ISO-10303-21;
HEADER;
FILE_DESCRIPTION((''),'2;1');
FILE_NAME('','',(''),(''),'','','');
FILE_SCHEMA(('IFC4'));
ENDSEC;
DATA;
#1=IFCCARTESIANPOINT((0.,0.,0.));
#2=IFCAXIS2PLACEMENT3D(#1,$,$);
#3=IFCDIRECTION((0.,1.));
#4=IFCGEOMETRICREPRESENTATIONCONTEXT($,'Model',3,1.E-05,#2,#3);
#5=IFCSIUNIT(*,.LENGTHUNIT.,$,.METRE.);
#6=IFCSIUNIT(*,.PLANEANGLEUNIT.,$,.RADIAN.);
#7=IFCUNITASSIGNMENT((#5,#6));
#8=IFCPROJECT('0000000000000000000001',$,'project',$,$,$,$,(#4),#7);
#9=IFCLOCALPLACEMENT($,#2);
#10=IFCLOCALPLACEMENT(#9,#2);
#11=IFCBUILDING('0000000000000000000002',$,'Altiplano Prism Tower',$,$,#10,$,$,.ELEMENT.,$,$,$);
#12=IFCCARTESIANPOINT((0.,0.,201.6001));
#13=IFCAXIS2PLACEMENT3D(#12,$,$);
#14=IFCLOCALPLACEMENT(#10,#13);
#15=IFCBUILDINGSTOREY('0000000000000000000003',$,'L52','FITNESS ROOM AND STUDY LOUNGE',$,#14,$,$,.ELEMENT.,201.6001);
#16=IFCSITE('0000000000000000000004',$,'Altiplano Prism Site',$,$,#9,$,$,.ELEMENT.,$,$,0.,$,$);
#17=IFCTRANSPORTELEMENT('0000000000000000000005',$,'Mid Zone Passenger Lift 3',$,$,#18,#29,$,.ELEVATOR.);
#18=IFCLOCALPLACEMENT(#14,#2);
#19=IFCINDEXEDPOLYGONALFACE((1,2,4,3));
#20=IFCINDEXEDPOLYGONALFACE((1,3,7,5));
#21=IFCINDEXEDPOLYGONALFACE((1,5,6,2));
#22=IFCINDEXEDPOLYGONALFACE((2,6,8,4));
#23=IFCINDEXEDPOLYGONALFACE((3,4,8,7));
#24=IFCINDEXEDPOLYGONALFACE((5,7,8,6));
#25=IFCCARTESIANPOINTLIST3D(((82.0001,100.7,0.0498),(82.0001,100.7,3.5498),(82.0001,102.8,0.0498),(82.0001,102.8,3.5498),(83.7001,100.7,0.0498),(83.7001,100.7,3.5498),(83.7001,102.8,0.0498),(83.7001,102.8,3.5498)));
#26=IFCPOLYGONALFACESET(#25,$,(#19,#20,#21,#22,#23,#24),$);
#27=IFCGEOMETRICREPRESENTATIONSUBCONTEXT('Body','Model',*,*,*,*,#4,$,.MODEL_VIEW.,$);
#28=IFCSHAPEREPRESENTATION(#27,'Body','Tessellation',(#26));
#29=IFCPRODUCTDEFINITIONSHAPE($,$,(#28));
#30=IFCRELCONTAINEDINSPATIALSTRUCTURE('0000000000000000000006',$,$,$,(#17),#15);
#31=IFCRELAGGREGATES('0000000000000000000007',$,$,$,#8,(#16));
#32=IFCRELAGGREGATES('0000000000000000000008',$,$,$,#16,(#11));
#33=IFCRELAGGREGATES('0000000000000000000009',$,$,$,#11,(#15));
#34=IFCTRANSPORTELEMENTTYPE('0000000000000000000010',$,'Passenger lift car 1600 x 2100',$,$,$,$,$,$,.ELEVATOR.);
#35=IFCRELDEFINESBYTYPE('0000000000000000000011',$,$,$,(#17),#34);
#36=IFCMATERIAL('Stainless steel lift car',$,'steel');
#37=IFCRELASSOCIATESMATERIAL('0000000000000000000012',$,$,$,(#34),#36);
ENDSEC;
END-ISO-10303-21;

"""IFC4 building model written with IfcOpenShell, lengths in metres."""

from ifc_helpers import new_model, si_unit, direction, frame, origin, origin_2d, place, context, subcontext, project, spatial, rectangle, extrude, material, type_object, element, save


model = new_model("IFC4")

# Units and contexts
model_context = context("Model", 3, precision=1e-05, world=origin(), true_north=direction((0.0, 1.0)))
body_context = subcontext(model_context, "Body", "Model", "MODEL_VIEW")
ifc_project = project(units=[si_unit("LENGTHUNIT", "METRE"), si_unit("PLANEANGLEUNIT", "RADIAN")], contexts=[model_context])

# Site, building, storey
site_placement = place(None, origin())
site = spatial("IfcSite", under=ifc_project, at=site_placement, Name="Altiplano Prism Site", CompositionType="ELEMENT", RefElevation=0.0)
building_placement = place(site_placement, origin())
building = spatial("IfcBuilding", under=site, at=building_placement, Name="Altiplano Prism Tower", CompositionType="ELEMENT")
storey_placement = place(building_placement, frame((0.0, 0.0, 201.6001)))
storey = spatial("IfcBuildingStorey", under=building, at=storey_placement, Name="L52", Description="FITNESS ROOM AND STUDY LOUNGE", CompositionType="ELEMENT", Elevation=201.6001)

# Transport element
ifc_material_1 = material(Name="Stainless steel lift car", Category="steel")
transport_element_type = type_object("IfcTransportElementType", Name="Passenger lift car 1600 x 2100", PredefinedType="ELEVATOR", material=ifc_material_1)
for number, where, z_axis, x_axis, name in (
    (1, (82.8501, 101.75, 0.0498), (0.0, 0.0, 1.0), (1.0, 0.0, 0.0), "Mid Zone Passenger Lift 3"),
):
    element("IfcTransportElement", number, at=place(storey_placement, frame(where, z_axis=z_axis, x_axis=x_axis)), inside=storey, type_object=transport_element_type, Name=name, PredefinedType="ELEVATOR", context=body_context, shape_type="SweptSolid", body=[
        extrude(rectangle(XDim=1.7, YDim=2.1001, at=origin_2d()), origin(), (0.0, 0.0, 1.0), 3.5),
    ])

save(model, "model.ifc")
